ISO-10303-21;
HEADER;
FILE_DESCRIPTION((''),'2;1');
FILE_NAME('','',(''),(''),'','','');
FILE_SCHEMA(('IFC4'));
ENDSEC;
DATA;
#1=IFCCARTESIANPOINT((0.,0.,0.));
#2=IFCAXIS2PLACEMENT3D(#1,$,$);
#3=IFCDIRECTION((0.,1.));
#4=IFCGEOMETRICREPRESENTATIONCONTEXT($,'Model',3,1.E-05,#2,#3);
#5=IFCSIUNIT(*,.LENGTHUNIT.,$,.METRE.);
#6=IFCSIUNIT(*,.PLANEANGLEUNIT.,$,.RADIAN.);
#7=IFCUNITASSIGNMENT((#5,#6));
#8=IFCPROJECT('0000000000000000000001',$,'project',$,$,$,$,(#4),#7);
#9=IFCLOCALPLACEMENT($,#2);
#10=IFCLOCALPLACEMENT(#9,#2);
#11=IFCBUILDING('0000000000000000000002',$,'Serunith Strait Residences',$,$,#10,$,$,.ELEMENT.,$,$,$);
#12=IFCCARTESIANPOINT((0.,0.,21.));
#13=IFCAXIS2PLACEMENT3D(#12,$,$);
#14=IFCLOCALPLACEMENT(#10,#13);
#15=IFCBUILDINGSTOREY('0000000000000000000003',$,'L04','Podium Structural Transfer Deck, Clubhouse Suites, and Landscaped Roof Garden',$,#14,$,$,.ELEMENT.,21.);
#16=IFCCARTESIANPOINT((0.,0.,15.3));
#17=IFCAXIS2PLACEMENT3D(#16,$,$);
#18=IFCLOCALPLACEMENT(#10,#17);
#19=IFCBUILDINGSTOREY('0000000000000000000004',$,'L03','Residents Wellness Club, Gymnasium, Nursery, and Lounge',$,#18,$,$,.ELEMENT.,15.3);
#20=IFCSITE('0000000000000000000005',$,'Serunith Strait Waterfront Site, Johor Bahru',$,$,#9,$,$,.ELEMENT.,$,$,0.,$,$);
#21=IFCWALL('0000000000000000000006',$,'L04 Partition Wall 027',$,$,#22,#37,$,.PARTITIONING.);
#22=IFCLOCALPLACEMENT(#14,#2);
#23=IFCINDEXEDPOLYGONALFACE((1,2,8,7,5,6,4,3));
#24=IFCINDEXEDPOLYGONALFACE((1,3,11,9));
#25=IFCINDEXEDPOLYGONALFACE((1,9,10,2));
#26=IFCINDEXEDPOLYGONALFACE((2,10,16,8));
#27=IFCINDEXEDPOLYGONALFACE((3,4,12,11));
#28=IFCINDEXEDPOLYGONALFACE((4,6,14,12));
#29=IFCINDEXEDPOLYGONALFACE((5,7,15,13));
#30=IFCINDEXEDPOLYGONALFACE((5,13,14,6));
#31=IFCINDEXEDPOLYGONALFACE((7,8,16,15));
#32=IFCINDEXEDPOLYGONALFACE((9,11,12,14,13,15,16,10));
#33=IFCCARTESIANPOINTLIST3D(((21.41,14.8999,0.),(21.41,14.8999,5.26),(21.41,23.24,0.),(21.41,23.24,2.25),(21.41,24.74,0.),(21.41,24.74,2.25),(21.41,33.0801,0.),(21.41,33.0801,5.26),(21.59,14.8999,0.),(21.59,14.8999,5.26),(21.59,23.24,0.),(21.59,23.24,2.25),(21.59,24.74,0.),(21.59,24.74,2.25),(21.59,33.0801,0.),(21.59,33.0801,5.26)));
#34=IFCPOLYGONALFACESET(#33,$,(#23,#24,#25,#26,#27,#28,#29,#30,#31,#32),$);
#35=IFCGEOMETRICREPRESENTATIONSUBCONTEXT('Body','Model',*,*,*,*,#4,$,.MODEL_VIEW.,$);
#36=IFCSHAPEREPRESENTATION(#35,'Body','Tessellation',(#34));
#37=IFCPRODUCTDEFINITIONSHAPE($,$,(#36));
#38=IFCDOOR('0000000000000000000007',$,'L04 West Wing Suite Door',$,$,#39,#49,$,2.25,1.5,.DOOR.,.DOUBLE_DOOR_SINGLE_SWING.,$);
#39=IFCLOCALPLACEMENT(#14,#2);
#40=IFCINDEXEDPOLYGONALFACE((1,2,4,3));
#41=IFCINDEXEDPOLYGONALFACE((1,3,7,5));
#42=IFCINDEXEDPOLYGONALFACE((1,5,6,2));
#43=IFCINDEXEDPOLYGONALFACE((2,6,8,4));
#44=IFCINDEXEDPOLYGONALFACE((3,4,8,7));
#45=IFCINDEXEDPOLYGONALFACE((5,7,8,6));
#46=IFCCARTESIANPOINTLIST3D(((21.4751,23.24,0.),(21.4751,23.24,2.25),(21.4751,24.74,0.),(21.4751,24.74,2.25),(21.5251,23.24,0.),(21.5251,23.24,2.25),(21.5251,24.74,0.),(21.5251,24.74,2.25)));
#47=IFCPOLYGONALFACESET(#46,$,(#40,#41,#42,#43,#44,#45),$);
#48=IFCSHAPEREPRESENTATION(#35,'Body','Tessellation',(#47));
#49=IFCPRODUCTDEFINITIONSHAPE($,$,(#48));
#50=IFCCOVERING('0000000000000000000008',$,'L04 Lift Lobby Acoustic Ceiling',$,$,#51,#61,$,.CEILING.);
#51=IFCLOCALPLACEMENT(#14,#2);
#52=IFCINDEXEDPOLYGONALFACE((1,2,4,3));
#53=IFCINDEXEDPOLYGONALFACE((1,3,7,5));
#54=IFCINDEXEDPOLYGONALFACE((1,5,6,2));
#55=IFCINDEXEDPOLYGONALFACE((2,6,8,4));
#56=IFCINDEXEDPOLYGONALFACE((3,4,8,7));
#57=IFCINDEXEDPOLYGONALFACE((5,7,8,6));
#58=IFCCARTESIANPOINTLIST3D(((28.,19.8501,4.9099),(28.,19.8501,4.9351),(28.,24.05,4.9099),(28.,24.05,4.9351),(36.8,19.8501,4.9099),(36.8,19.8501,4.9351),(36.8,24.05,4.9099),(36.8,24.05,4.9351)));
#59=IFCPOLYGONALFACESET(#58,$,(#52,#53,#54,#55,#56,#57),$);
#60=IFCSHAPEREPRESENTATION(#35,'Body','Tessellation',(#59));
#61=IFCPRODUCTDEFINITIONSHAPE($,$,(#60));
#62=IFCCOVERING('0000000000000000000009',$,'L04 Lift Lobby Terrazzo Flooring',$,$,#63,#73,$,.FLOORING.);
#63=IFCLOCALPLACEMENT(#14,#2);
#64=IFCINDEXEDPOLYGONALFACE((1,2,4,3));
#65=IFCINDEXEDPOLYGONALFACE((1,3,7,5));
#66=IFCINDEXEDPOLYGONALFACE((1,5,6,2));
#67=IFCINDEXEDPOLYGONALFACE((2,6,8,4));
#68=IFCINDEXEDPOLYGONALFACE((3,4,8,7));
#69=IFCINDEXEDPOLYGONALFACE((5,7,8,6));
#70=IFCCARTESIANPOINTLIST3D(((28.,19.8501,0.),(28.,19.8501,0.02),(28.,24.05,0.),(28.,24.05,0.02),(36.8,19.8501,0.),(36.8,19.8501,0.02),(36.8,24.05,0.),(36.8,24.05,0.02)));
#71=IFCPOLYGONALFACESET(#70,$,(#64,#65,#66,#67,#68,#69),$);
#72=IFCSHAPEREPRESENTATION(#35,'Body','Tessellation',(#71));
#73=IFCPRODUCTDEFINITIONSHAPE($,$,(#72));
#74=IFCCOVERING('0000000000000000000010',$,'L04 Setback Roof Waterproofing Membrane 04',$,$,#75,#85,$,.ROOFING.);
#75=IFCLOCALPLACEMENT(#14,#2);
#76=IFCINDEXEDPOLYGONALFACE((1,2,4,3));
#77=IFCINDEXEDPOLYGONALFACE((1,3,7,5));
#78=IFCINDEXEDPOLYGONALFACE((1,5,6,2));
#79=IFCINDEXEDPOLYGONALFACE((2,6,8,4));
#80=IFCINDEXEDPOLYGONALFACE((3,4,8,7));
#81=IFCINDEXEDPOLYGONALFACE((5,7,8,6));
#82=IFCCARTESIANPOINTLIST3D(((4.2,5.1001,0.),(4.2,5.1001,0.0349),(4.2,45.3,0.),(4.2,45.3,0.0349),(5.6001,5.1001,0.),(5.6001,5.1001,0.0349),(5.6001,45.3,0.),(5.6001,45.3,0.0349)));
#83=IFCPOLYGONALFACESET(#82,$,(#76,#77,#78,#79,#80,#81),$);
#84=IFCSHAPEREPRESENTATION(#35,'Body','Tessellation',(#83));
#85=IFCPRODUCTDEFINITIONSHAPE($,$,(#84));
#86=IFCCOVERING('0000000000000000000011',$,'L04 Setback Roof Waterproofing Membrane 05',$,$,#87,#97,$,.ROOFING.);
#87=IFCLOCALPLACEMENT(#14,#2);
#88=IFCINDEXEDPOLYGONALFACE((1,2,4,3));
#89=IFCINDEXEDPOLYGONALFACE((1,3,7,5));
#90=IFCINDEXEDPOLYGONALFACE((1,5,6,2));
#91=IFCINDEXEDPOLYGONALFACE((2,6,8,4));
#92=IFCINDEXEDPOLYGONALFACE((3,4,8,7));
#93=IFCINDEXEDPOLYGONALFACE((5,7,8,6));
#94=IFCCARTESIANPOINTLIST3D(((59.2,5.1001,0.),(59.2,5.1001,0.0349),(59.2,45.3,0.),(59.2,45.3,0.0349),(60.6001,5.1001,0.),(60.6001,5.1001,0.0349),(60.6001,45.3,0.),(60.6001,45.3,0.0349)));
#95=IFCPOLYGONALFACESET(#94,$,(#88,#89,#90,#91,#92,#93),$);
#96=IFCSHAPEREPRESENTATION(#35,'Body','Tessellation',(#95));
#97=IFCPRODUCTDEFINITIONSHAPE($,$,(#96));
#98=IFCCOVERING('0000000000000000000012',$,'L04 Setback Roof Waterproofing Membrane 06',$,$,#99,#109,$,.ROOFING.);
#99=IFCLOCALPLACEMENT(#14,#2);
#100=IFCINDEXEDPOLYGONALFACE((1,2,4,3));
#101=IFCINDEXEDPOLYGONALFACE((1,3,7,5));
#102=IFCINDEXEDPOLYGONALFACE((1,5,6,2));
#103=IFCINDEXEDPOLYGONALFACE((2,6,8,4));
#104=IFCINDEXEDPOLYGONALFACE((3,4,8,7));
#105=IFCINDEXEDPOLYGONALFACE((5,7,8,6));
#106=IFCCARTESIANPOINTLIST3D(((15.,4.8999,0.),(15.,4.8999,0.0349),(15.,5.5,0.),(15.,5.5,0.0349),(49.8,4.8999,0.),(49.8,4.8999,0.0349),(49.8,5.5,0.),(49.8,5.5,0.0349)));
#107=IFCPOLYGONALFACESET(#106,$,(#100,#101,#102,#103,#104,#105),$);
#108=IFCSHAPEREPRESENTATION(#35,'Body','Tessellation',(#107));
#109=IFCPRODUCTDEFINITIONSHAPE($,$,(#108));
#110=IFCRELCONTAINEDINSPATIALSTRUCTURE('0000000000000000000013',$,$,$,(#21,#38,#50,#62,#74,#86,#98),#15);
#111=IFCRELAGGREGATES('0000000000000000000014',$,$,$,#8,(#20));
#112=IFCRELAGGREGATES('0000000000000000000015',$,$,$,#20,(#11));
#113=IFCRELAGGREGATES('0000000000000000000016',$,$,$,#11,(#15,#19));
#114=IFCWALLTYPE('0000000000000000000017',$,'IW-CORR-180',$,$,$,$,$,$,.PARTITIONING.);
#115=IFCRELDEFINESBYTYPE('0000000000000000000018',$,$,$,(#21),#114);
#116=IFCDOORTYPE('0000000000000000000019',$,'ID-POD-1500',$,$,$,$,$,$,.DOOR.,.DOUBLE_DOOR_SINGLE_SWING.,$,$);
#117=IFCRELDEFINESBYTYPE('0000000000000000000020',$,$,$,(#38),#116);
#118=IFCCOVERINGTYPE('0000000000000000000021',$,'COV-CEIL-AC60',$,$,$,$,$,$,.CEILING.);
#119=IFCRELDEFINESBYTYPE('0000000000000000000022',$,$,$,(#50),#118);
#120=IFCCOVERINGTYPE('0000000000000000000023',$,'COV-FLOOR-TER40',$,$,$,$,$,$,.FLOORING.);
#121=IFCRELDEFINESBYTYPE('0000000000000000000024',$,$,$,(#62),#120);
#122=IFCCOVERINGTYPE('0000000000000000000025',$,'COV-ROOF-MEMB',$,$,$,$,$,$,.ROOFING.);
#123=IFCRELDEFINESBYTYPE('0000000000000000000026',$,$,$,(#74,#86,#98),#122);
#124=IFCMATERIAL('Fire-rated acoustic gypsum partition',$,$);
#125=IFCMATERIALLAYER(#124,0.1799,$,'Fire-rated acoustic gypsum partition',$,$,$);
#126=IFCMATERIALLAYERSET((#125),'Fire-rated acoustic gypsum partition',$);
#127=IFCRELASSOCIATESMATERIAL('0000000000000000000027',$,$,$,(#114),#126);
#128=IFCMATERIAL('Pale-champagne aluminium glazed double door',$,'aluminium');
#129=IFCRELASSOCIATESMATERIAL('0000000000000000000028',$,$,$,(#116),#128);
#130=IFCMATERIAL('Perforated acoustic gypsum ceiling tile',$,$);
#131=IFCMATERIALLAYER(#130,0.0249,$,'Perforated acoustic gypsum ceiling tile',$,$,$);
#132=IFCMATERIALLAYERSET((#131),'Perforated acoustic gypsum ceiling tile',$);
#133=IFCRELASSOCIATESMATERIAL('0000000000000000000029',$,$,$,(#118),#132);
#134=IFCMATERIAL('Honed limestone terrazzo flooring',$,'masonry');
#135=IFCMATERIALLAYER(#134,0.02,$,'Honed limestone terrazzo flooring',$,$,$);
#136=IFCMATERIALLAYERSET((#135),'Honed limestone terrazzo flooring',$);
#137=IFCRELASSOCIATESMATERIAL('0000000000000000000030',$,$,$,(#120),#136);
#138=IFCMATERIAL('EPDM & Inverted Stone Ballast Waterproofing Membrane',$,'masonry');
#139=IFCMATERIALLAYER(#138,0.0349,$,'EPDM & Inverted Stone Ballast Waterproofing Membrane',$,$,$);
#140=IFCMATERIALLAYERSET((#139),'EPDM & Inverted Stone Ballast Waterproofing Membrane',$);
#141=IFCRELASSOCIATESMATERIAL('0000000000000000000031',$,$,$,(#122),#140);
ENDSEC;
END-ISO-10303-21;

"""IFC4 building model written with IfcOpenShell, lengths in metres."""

from ifc_helpers import new_model, si_unit, direction, frame, frame_2d, origin, place, context, subcontext, project, spatial, polyline, rectangle, outline, extrude, source, transform, mapped, material, layer, layer_set, type_object, element, fill, save


model = new_model("IFC4")

# Units and contexts
model_context = context("Model", 3, precision=1e-05, world=origin(), true_north=direction((0.0, 1.0)))
body_context = subcontext(model_context, "Body", "Model", "MODEL_VIEW")
ifc_project = project(units=[si_unit("LENGTHUNIT", "METRE"), si_unit("PLANEANGLEUNIT", "RADIAN")], contexts=[model_context])

# Site, building, storey
site_placement = place(None, origin())
site = spatial("IfcSite", under=ifc_project, at=site_placement, Name="Serunith Strait Waterfront Site, Johor Bahru", CompositionType="ELEMENT", RefElevation=0.0)
building_placement = place(site_placement, origin())
building = spatial("IfcBuilding", under=site, at=building_placement, Name="Serunith Strait Residences", CompositionType="ELEMENT")
storey_1_placement = place(building_placement, frame((0.0, 0.0, 21.0)))
storey_1 = spatial("IfcBuildingStorey", under=building, at=storey_1_placement, Name="L04", Description="Podium Structural Transfer Deck, Clubhouse Suites, and Landscaped Roof Garden", CompositionType="ELEMENT", Elevation=21.0)

# Shared definitions
storey_2_placement = place(building_placement, frame((0.0, 0.0, 15.3)))
storey_2 = spatial("IfcBuildingStorey", under=building, at=storey_2_placement, Name="L03", Description="Residents Wellness Club, Gymnasium, Nursery, and Lounge", CompositionType="ELEMENT", Elevation=15.3)

# Shared definitions
ifc_material_1 = material(Name="Fire-rated acoustic gypsum partition")
ifc_layer_1 = layer(ifc_material_1, 0.1799, Name="Fire-rated acoustic gypsum partition")
ifc_layer_set_1 = layer_set([ifc_layer_1], Name="Fire-rated acoustic gypsum partition")
wall_type_1 = type_object("IfcWallType", Name="IW-CORR-180", PredefinedType="PARTITIONING", material=ifc_layer_set_1)

# Wall, opening, door
wall_1_placement = place(storey_1_placement, frame((21.5, 14.8999, 0.0), z_axis=(0.0, 0.0, 1.0), x_axis=(0.0, 1.0, 0.0)))
wall_1 = element("IfcWall", 1, at=wall_1_placement, inside=storey_1, type_object=wall_type_1, Name="L04 Partition Wall 027", PredefinedType="PARTITIONING", context=body_context, shape_type="SweptSolid", body=[
    extrude(rectangle(XDim=18.1802, YDim=0.1799, at=frame_2d((9.0901, 0.0))), origin(), (0.0, 0.0, 1.0), 5.26),
])
opening_1_placement = place(wall_1_placement, frame((8.3401, 0.0, 0.0)))
opening_1 = element("IfcOpeningElement", 2, at=opening_1_placement, cuts=wall_1, PredefinedType="OPENING", context=body_context, shape_type="SweptSolid", body=[
    extrude(rectangle(XDim=1.5, YDim=2.25, at=frame_2d((0.75, 1.125))), frame((0.0, 0.1001, 0.0), z_axis=(0.0, -1.0, 0.0), x_axis=(1.0, 0.0, 0.0)), (0.0, 0.0, 1.0), 0.2),
])
ifc_material_2 = material(Name="Pale-champagne aluminium glazed double door", Category="aluminium")
door_type_1 = type_object("IfcDoorType", Name="ID-POD-1500", OperationType="DOUBLE_DOOR_SINGLE_SWING", PredefinedType="DOOR", material=ifc_material_2)
shared_shape_1 = source(origin(), body_context, "Body", "SweptSolid", [
    extrude(rectangle(XDim=1.5, YDim=2.25, at=frame_2d((0.75, 1.125))), frame((0.0, 0.0249, 0.0), z_axis=(0.0, -1.0, 0.0), x_axis=(1.0, 0.0, 0.0)), (0.0, 0.0, 1.0), 0.05),
])
door_1_placement = place(opening_1_placement, origin())
door_1 = element("IfcDoor", 3, at=door_1_placement, inside=storey_1, type_object=door_type_1, Name="L04 West Wing Suite Door", OperationType="DOUBLE_DOOR_SINGLE_SWING", OverallHeight=2.25, OverallWidth=1.5, PredefinedType="DOOR", context=body_context, shape_type="MappedRepresentation", body=[
    mapped(shared_shape_1, transform((0.0, 0.0, 0.0), scale=1.0)),
])
fill(opening_1, door_1)

# Coverings
ifc_material_3 = material(Name="Perforated acoustic gypsum ceiling tile")
ifc_layer_2 = layer(ifc_material_3, 0.0249, Name="Perforated acoustic gypsum ceiling tile")
ifc_layer_set_2 = layer_set([ifc_layer_2], Name="Perforated acoustic gypsum ceiling tile")
covering_type_1 = type_object("IfcCoveringType", Name="COV-CEIL-AC60", PredefinedType="CEILING", material=ifc_layer_set_2)
covering_1_placement = place(storey_1_placement, frame((0.0, 0.0, 4.9099)))
element("IfcCovering", 4, at=covering_1_placement, inside=storey_1, type_object=covering_type_1, Name="L04 Lift Lobby Acoustic Ceiling", PredefinedType="CEILING", context=body_context, shape_type="SweptSolid", body=[
    extrude(outline(polyline([(28.0, 19.8501), (36.8, 19.8501), (36.8, 24.05), (28.0, 24.05), (28.0, 19.8501)])), origin(), (0.0, 0.0, 1.0), 0.0251),
])
ifc_material_4 = material(Name="Honed limestone terrazzo flooring", Category="masonry")
ifc_layer_3 = layer(ifc_material_4, 0.02, Name="Honed limestone terrazzo flooring")
ifc_layer_set_3 = layer_set([ifc_layer_3], Name="Honed limestone terrazzo flooring")
covering_type_2 = type_object("IfcCoveringType", Name="COV-FLOOR-TER40", PredefinedType="FLOORING", material=ifc_layer_set_3)
covering_2_placement = place(storey_1_placement, origin())
element("IfcCovering", 5, at=covering_2_placement, inside=storey_1, type_object=covering_type_2, Name="L04 Lift Lobby Terrazzo Flooring", PredefinedType="FLOORING", context=body_context, shape_type="SweptSolid", body=[
    extrude(outline(polyline([(28.0, 19.8501), (36.8, 19.8501), (36.8, 24.05), (28.0, 24.05), (28.0, 19.8501)])), origin(), (0.0, 0.0, 1.0), 0.02),
])
ifc_material_5 = material(Name="EPDM & Inverted Stone Ballast Waterproofing Membrane", Category="masonry")
ifc_layer_4 = layer(ifc_material_5, 0.0349, Name="EPDM & Inverted Stone Ballast Waterproofing Membrane")
ifc_layer_set_4 = layer_set([ifc_layer_4], Name="EPDM & Inverted Stone Ballast Waterproofing Membrane")
covering_type_3 = type_object("IfcCoveringType", Name="COV-ROOF-MEMB", PredefinedType="ROOFING", material=ifc_layer_set_4)
covering_3_placement = place(storey_1_placement, origin())
element("IfcCovering", 6, at=covering_3_placement, inside=storey_1, type_object=covering_type_3, Name="L04 Setback Roof Waterproofing Membrane 04", PredefinedType="ROOFING", context=body_context, shape_type="SweptSolid", body=[
    extrude(outline(polyline([(4.2, 5.1001), (5.6001, 5.1001), (5.6001, 45.3), (4.2, 45.3), (4.2, 5.1001)])), origin(), (0.0, 0.0, 1.0), 0.0349),
])
covering_4_placement = place(storey_1_placement, origin())
element("IfcCovering", 7, at=covering_4_placement, inside=storey_1, type_object=covering_type_3, Name="L04 Setback Roof Waterproofing Membrane 05", PredefinedType="ROOFING", context=body_context, shape_type="SweptSolid", body=[
    extrude(outline(polyline([(59.2, 5.1001), (60.6001, 5.1001), (60.6001, 45.3), (59.2, 45.3), (59.2, 5.1001)])), origin(), (0.0, 0.0, 1.0), 0.0349),
])
covering_5_placement = place(storey_1_placement, origin())
element("IfcCovering", 8, at=covering_5_placement, inside=storey_1, type_object=covering_type_3, Name="L04 Setback Roof Waterproofing Membrane 06", PredefinedType="ROOFING", context=body_context, shape_type="SweptSolid", body=[
    extrude(outline(polyline([(15.0, 4.8999), (49.8, 4.8999), (49.8, 5.5), (15.0, 5.5), (15.0, 4.8999)])), origin(), (0.0, 0.0, 1.0), 0.0349),
])

save(model, "model.ifc")
